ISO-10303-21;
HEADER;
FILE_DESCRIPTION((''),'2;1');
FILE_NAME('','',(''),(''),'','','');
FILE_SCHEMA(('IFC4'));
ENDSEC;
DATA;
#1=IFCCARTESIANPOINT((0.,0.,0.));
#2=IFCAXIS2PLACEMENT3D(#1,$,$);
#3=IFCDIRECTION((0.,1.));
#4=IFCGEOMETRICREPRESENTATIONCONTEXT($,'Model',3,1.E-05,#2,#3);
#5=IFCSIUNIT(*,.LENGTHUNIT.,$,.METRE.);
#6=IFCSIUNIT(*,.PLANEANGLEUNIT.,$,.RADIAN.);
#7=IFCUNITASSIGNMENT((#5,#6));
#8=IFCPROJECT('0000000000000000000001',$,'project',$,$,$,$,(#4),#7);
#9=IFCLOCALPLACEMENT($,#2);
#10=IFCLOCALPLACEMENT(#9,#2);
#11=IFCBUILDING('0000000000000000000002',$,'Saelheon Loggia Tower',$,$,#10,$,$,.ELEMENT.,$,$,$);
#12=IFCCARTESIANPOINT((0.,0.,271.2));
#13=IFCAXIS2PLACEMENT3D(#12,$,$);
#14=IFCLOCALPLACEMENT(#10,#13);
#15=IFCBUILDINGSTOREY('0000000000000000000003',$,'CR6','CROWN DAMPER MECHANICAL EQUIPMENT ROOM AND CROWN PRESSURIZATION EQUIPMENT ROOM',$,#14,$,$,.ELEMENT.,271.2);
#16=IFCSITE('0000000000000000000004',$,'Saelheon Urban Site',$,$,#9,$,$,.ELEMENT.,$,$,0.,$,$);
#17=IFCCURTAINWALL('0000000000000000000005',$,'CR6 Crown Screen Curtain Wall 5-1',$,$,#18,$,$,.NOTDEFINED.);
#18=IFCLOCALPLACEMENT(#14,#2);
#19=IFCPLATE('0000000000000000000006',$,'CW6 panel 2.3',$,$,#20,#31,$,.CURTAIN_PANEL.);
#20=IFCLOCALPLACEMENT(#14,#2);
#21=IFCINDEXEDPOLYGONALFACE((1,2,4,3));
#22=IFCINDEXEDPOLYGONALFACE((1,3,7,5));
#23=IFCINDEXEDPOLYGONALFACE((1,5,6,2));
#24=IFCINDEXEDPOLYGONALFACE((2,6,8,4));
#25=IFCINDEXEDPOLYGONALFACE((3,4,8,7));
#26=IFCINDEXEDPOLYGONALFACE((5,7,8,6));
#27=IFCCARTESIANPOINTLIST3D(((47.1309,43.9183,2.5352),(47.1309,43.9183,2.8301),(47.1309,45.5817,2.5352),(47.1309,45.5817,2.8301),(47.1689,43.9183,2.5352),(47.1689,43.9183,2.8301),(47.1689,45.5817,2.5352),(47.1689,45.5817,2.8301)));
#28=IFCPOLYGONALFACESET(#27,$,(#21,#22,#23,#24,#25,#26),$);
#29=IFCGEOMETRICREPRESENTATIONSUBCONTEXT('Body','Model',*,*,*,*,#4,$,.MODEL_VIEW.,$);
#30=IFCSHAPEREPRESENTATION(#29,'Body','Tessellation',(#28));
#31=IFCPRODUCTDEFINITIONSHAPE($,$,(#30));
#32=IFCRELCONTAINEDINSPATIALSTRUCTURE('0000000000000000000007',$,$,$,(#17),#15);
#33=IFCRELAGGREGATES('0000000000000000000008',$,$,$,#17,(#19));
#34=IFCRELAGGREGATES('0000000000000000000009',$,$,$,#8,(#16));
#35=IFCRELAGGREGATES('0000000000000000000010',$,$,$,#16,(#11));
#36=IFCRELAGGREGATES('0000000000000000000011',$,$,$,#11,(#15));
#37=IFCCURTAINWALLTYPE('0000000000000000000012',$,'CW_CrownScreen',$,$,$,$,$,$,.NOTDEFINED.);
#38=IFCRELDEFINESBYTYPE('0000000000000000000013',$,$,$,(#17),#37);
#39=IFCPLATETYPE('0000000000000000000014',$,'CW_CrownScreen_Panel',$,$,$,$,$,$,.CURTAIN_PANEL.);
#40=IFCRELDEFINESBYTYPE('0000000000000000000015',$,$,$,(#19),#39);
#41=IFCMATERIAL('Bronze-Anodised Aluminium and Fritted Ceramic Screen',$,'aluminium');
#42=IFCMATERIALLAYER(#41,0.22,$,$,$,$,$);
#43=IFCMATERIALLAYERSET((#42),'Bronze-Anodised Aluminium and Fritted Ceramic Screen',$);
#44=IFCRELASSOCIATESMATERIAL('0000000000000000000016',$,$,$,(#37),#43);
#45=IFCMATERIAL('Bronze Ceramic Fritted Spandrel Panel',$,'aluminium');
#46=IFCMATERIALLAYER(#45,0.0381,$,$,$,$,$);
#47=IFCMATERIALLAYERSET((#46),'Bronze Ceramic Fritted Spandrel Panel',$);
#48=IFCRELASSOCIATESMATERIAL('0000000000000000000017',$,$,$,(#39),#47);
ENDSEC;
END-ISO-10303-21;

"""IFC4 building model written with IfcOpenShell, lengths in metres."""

from ifc_helpers import new_model, si_unit, direction, frame, origin, origin_2d, place, context, subcontext, project, spatial, rectangle, extrude, source, transform, mapped, material, layer, layer_set, type_object, element, aggregate, save


model = new_model("IFC4")

# Units and contexts
model_context = context("Model", 3, precision=1e-05, world=origin(), true_north=direction((0.0, 1.0)))
body_context = subcontext(model_context, "Body", "Model", "MODEL_VIEW")
ifc_project = project(units=[si_unit("LENGTHUNIT", "METRE"), si_unit("PLANEANGLEUNIT", "RADIAN")], contexts=[model_context])

# Site, building, storey
site_placement = place(None, origin())
site = spatial("IfcSite", under=ifc_project, at=site_placement, Name="Saelheon Urban Site", CompositionType="ELEMENT", RefElevation=0.0)
building_placement = place(site_placement, origin())
building = spatial("IfcBuilding", under=site, at=building_placement, Name="Saelheon Loggia Tower", CompositionType="ELEMENT")
storey_placement = place(building_placement, frame((0.0, 0.0, 271.2)))
storey = spatial("IfcBuildingStorey", under=building, at=storey_placement, Name="CR6", Description="CROWN DAMPER MECHANICAL EQUIPMENT ROOM AND CROWN PRESSURIZATION EQUIPMENT ROOM", CompositionType="ELEMENT", Elevation=271.2)

# Curtain wall
ifc_material_1 = material(Name="Bronze-Anodised Aluminium and Fritted Ceramic Screen", Category="aluminium")
ifc_layer_1 = layer(ifc_material_1, 0.22)
ifc_layer_set_1 = layer_set([ifc_layer_1], Name="Bronze-Anodised Aluminium and Fritted Ceramic Screen")
curtain_wall_type = type_object("IfcCurtainWallType", Name="CW_CrownScreen", PredefinedType="NOTDEFINED", material=ifc_layer_set_1)
curtain_wall_1_placement = place(storey_placement, origin())
curtain_wall_1 = element("IfcCurtainWall", 1, at=curtain_wall_1_placement, inside=storey, type_object=curtain_wall_type, Name="CR6 Crown Screen Curtain Wall 5-1", PredefinedType="NOTDEFINED")

# Plate
ifc_material_2 = material(Name="Bronze Ceramic Fritted Spandrel Panel", Category="aluminium")
ifc_layer_2 = layer(ifc_material_2, 0.0381)
ifc_layer_set_2 = layer_set([ifc_layer_2], Name="Bronze Ceramic Fritted Spandrel Panel")
plate_type = type_object("IfcPlateType", Name="CW_CrownScreen_Panel", PredefinedType="CURTAIN_PANEL", material=ifc_layer_set_2)
shared_shape_1 = source(origin(), body_context, "Body", "SweptSolid", [
    extrude(rectangle(XDim=1.6633, YDim=0.0381, at=origin_2d()), origin(), (0.0, 0.0, 1.0), 0.2949),
])
plate_1_placement = place(storey_placement, frame((47.1499, 44.75, 2.5352), z_axis=(0.0, 0.0, 1.0), x_axis=(0.0, 1.0, 0.0)))
plate_1 = element("IfcPlate", 2, at=plate_1_placement, type_object=plate_type, Name="CW6 panel 2.3", PredefinedType="CURTAIN_PANEL", context=body_context, shape_type="MappedRepresentation", body=[
    mapped(shared_shape_1, transform((0.0, 0.0, 0.0), scale=1.0)),
])
aggregate(curtain_wall_1, [plate_1])

save(model, "model.ifc")
